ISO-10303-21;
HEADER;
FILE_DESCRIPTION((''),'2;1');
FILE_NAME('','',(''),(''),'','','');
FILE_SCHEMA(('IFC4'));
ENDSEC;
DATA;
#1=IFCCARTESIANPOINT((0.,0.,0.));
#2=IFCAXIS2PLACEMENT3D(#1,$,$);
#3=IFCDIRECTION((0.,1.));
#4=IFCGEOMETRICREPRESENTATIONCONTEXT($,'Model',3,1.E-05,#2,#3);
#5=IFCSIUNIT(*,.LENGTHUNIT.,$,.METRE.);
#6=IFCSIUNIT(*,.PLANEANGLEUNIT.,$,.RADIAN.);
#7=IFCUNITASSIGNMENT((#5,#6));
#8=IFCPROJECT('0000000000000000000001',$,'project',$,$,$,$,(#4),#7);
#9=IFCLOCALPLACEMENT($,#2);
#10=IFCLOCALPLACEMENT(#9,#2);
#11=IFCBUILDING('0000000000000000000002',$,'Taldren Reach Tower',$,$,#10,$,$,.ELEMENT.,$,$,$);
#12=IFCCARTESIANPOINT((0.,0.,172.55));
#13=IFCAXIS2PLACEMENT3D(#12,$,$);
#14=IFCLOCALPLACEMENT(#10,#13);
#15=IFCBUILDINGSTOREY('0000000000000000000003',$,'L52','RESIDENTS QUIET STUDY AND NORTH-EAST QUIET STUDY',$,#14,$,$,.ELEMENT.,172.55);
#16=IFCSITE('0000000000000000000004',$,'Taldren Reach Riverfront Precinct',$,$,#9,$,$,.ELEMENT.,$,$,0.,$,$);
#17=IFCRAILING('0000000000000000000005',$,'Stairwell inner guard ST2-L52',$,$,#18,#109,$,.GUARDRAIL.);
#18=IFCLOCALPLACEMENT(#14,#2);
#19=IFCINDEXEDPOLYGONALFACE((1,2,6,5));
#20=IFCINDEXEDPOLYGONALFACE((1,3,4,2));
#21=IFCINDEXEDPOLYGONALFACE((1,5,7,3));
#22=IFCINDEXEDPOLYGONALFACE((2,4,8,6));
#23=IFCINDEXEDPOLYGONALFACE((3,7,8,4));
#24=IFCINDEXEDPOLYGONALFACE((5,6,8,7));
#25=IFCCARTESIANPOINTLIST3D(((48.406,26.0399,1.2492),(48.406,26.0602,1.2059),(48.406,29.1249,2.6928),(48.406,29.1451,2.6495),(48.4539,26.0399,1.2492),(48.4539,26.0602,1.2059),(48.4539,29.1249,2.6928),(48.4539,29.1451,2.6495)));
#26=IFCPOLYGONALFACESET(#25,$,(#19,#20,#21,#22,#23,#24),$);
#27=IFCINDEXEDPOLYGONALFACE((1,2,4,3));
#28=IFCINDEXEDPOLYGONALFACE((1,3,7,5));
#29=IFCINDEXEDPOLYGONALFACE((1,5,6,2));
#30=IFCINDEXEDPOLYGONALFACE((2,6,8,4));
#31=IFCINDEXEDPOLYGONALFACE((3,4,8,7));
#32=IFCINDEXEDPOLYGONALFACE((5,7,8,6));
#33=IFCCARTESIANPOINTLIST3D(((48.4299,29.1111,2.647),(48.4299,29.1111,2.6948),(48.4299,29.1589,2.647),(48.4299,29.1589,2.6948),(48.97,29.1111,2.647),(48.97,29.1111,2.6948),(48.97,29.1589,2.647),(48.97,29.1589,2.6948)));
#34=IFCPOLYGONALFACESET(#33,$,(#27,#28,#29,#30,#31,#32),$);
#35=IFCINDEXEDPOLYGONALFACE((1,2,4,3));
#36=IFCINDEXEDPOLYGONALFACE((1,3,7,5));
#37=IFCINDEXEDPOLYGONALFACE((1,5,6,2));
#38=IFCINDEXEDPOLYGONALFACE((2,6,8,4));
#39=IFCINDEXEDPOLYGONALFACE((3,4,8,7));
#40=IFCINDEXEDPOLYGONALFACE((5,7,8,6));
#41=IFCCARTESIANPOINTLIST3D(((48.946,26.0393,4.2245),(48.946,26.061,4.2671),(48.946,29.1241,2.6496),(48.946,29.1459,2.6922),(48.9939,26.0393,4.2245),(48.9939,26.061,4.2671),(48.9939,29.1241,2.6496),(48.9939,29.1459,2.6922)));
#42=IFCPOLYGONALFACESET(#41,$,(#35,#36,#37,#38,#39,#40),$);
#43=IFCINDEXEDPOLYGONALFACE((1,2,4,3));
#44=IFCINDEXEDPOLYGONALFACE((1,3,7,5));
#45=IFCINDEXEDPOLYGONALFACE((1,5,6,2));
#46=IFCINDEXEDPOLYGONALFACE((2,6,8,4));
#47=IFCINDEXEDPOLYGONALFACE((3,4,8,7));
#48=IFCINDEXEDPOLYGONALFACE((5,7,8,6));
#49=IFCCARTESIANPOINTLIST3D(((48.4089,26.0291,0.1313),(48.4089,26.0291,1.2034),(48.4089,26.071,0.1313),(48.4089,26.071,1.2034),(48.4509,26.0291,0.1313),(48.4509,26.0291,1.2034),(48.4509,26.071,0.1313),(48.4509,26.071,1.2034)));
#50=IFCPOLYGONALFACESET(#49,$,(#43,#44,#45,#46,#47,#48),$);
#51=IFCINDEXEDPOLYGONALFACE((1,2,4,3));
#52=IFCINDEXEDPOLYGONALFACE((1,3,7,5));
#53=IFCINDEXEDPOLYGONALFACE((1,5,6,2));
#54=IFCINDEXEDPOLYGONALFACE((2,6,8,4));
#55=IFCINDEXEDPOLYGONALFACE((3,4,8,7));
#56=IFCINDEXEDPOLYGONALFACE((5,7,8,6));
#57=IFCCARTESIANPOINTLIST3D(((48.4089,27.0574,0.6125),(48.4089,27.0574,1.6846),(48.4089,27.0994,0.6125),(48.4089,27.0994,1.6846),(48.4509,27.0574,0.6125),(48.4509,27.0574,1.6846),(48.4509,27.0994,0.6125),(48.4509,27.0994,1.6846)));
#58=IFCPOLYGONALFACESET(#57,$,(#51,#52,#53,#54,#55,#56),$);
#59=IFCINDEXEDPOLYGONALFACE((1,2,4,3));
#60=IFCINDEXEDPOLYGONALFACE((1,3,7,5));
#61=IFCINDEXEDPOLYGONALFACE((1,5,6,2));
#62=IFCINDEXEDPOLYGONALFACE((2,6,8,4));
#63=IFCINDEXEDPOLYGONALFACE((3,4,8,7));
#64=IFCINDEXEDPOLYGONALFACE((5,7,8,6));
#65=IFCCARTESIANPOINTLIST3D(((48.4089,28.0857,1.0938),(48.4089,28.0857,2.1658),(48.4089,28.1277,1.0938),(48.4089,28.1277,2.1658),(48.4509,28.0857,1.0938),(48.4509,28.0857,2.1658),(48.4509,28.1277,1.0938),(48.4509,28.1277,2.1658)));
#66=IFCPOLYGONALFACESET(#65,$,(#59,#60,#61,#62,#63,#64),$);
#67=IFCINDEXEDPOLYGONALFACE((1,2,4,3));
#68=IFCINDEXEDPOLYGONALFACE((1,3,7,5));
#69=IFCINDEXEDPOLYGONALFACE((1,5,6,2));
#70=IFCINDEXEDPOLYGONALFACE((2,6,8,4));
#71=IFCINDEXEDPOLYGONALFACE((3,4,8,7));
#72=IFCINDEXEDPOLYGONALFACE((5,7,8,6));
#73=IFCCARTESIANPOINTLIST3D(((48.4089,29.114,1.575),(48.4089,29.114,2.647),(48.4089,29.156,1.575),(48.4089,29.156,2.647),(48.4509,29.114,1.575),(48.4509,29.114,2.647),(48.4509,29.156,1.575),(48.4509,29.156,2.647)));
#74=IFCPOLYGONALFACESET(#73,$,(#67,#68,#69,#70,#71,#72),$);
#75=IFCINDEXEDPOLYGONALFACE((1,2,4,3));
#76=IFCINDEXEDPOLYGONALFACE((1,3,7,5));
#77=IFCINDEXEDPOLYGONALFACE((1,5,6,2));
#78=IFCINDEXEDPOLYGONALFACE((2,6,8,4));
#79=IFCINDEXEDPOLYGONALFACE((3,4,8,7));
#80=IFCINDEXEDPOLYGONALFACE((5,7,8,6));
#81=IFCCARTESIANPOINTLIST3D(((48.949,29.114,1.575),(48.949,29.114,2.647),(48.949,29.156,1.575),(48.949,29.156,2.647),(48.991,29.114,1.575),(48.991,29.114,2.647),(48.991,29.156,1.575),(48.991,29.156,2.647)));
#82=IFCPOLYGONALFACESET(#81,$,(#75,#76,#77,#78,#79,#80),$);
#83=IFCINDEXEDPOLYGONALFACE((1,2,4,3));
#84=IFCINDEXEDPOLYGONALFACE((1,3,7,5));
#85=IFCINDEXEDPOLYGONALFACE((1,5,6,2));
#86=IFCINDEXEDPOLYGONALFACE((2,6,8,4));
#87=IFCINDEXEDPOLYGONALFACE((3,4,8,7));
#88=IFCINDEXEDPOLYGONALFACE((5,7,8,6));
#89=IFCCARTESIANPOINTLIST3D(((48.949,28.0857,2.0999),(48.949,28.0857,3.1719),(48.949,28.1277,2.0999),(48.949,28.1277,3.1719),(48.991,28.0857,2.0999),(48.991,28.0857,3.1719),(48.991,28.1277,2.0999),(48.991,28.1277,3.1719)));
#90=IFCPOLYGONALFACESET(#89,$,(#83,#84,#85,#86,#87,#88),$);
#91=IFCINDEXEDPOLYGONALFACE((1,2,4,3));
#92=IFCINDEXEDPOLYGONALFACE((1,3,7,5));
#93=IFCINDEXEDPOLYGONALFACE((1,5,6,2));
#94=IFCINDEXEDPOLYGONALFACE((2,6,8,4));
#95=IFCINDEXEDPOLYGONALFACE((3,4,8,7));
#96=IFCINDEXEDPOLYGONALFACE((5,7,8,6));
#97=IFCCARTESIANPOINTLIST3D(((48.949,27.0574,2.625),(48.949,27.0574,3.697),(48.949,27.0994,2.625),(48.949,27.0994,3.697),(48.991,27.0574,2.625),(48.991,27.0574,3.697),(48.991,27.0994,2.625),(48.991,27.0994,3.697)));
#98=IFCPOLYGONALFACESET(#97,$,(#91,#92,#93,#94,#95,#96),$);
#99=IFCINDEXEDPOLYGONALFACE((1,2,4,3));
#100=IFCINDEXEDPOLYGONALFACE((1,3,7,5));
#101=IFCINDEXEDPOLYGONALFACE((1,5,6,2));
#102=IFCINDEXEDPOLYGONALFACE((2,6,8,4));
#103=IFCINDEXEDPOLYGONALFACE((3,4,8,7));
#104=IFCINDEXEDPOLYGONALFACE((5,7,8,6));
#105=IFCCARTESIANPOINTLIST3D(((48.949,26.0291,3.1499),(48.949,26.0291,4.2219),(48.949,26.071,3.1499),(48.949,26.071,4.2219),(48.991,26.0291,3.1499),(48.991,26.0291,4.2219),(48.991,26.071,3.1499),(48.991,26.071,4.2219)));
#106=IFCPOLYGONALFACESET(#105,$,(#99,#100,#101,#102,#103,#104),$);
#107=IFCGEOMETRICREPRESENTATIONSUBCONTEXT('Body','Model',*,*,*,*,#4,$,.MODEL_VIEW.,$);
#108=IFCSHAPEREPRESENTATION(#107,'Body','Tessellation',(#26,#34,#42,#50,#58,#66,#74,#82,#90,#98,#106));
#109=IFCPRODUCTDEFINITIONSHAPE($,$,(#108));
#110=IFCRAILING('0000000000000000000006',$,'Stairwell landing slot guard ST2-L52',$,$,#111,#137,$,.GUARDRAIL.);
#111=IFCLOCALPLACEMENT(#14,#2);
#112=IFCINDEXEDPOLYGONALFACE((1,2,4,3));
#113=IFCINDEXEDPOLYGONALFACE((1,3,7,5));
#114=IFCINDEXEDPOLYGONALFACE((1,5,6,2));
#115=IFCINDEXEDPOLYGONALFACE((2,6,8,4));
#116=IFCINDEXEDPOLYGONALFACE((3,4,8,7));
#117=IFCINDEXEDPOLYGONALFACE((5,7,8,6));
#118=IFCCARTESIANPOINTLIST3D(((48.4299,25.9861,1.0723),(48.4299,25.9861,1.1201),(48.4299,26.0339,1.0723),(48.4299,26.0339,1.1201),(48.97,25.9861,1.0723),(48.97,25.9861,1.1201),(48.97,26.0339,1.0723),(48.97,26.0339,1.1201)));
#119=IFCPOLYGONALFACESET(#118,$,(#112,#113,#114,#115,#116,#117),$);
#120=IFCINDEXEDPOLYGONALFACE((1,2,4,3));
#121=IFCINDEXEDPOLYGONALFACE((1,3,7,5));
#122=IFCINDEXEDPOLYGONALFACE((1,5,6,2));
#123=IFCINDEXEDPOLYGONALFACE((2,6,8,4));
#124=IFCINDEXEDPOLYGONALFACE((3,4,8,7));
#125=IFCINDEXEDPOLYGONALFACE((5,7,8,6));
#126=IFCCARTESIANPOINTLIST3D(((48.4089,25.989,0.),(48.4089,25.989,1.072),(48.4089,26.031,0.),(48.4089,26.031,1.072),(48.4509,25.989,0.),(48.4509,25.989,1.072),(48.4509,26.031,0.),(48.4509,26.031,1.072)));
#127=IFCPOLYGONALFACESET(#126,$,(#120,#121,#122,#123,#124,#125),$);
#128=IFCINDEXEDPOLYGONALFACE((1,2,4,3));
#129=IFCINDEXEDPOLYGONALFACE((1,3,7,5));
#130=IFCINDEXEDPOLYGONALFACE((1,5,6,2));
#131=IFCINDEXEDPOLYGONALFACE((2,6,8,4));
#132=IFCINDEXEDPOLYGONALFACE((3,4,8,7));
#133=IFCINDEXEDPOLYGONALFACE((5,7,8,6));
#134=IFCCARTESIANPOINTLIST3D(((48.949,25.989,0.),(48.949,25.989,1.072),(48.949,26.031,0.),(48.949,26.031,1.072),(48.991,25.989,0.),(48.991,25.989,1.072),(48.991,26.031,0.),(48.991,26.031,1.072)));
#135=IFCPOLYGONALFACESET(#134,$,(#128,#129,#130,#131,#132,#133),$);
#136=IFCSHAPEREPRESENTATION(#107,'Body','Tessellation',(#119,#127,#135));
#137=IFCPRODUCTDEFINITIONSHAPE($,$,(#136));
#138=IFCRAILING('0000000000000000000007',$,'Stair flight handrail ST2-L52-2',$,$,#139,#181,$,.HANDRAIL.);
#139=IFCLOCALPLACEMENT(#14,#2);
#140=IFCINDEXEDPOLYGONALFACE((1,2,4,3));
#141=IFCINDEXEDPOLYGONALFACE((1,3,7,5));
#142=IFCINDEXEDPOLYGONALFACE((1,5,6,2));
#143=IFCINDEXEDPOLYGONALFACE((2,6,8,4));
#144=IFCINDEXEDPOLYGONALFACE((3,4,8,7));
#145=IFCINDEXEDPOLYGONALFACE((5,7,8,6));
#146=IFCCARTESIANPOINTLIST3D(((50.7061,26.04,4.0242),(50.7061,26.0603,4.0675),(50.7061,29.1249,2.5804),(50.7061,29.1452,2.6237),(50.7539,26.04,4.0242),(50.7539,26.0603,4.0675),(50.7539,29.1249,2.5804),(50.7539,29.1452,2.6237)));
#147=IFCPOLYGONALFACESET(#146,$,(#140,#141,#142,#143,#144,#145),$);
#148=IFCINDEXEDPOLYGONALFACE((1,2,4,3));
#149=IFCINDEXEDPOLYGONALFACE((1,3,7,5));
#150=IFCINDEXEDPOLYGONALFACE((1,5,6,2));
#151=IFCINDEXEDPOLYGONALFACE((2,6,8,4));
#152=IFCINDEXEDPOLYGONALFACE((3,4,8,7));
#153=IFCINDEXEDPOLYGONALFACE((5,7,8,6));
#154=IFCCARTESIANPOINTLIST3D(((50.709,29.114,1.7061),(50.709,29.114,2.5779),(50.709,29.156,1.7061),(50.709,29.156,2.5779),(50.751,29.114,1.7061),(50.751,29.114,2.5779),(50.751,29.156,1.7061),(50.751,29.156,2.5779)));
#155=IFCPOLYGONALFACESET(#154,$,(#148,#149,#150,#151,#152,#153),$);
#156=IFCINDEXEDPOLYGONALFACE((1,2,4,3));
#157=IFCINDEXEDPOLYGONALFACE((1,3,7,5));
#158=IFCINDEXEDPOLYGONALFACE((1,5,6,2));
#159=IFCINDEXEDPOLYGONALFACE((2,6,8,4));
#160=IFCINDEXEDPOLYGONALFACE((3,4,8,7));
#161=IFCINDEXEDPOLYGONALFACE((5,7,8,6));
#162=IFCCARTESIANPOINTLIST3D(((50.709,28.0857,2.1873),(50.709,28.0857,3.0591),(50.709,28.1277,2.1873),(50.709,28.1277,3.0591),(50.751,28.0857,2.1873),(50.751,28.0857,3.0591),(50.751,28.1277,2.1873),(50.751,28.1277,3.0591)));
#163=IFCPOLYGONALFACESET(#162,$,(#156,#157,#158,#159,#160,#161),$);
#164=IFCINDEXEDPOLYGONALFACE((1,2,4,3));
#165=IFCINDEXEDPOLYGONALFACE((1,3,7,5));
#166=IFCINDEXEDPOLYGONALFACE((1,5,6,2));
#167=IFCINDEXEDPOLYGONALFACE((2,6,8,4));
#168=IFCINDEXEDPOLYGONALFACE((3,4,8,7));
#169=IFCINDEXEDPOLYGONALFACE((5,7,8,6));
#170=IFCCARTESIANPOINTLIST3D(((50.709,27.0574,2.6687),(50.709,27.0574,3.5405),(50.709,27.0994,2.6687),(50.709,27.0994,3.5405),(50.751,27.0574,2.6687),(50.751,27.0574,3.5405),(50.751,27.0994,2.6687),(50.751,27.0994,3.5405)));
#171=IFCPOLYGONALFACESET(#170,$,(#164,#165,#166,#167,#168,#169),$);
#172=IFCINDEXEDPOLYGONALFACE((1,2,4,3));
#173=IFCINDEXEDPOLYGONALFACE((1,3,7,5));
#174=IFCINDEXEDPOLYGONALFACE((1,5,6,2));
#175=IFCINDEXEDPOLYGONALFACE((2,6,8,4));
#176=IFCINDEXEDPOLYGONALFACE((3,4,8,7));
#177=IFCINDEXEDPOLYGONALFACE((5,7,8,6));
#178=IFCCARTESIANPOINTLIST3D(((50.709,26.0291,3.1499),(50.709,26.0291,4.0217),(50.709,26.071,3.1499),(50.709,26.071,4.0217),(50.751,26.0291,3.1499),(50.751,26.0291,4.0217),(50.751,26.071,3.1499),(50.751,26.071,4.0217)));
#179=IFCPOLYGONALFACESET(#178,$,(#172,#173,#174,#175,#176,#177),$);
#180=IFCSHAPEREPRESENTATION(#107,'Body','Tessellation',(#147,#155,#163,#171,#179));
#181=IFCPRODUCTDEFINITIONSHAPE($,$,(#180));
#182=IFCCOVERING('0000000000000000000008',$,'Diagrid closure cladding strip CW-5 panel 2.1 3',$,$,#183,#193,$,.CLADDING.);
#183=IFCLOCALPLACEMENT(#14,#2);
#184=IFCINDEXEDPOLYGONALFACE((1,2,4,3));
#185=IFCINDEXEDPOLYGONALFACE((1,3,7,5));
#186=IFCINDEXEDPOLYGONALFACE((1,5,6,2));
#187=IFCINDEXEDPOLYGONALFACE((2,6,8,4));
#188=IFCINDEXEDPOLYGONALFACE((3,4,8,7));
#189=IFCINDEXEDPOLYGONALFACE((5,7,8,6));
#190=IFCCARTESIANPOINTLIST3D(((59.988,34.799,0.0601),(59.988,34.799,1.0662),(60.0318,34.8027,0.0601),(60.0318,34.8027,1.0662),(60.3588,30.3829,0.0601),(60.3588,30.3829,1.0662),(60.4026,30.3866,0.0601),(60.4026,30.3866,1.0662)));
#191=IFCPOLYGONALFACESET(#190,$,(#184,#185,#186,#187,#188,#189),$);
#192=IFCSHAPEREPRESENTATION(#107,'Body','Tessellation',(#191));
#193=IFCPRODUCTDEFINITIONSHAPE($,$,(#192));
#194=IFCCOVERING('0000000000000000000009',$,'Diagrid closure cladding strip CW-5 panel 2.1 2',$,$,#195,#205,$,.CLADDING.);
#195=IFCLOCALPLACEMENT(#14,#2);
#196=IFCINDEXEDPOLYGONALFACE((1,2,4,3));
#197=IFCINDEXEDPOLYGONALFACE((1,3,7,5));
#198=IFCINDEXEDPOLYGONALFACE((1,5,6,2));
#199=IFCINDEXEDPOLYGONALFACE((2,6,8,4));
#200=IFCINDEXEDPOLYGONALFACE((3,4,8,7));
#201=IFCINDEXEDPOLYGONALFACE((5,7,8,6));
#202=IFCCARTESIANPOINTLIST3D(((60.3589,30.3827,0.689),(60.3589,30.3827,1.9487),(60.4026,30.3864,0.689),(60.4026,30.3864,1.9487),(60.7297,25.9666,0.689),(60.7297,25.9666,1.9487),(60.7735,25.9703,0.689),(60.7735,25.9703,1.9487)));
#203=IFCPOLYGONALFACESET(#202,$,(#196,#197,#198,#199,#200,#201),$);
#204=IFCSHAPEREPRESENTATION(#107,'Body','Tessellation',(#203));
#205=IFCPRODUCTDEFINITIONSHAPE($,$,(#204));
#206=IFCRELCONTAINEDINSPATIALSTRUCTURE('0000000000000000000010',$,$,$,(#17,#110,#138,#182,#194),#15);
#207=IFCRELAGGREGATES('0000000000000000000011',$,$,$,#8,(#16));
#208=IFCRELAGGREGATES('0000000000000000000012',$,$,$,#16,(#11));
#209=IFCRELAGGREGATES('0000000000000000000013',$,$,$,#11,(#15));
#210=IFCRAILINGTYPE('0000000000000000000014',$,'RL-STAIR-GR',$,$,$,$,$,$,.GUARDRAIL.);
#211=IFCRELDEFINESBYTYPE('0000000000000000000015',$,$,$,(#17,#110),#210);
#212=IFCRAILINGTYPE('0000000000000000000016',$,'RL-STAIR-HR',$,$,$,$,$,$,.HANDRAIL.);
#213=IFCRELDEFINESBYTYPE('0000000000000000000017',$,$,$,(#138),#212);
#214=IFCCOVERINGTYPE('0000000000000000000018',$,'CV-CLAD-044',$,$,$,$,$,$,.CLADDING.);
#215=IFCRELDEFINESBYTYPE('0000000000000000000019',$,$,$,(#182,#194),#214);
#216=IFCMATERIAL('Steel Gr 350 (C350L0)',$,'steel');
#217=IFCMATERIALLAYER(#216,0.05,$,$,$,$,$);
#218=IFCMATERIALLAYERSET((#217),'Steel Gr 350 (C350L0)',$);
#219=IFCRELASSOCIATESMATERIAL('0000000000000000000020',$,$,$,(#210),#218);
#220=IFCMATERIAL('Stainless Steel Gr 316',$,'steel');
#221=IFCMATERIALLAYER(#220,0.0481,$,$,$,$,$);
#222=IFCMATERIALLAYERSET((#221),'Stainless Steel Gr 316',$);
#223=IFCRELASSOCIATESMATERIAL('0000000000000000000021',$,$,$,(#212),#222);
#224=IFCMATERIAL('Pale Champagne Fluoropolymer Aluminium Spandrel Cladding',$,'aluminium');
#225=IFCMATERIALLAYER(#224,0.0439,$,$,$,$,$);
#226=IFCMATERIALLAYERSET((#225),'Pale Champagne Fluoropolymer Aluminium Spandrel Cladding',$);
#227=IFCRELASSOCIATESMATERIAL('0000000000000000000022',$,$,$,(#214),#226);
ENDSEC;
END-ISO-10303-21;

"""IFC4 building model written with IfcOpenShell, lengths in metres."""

from ifc_helpers import new_model, si_unit, direction, frame, origin, origin_2d, place, context, subcontext, project, spatial, rectangle, extrude, source, transform, mapped, material, layer, layer_set, type_object, element, save


model = new_model("IFC4")

# Units and contexts
model_context = context("Model", 3, precision=1e-05, world=origin(), true_north=direction((0.0, 1.0)))
body_context = subcontext(model_context, "Body", "Model", "MODEL_VIEW")
ifc_project = project(units=[si_unit("LENGTHUNIT", "METRE"), si_unit("PLANEANGLEUNIT", "RADIAN")], contexts=[model_context])

# Site, building, storey
site_placement = place(None, origin())
site = spatial("IfcSite", under=ifc_project, at=site_placement, Name="Taldren Reach Riverfront Precinct", CompositionType="ELEMENT", RefElevation=0.0)
building_placement = place(site_placement, origin())
building = spatial("IfcBuilding", under=site, at=building_placement, Name="Taldren Reach Tower", CompositionType="ELEMENT")
storey_placement = place(building_placement, frame((0.0, 0.0, 172.55)))
storey = spatial("IfcBuildingStorey", under=building, at=storey_placement, Name="L52", Description="RESIDENTS QUIET STUDY AND NORTH-EAST QUIET STUDY", CompositionType="ELEMENT", Elevation=172.55)

# Shared definitions
ifc_material_1 = material(Name="Steel Gr 350 (C350L0)", Category="steel")

# Railings
ifc_layer_1 = layer(ifc_material_1, 0.05)
ifc_layer_set_1 = layer_set([ifc_layer_1], Name="Steel Gr 350 (C350L0)")
railing_type_1 = type_object("IfcRailingType", Name="RL-STAIR-GR", PredefinedType="GUARDRAIL", material=ifc_layer_set_1)
railing_1_placement = place(storey_placement, frame((48.4299, 26.05, 0.1313)))
element("IfcRailing", 1, at=railing_1_placement, inside=storey, type_object=railing_type_1, Name="Stairwell inner guard ST2-L52", PredefinedType="GUARDRAIL", context=body_context, shape_type="SweptSolid", body=[
    extrude(rectangle(XDim=0.0479, YDim=0.0479, at=origin_2d()), frame((0.0, 0.0, 1.0962), z_axis=(0.0, 0.905738, 0.423839), x_axis=(-1.0, 0.0, 0.0)), (0.0, 0.0, 1.0), 3.406),
    extrude(rectangle(XDim=0.0479, YDim=0.0479, at=origin_2d()), frame((0.0, 3.085, 2.5396), z_axis=(1.0, 0.0, 0.0), x_axis=(0.0, 1.0, 0.0)), (0.0, 0.0, 1.0), 0.54),
    extrude(rectangle(XDim=0.0479, YDim=0.0479, at=origin_2d()), frame((0.54, 3.085, 2.5396), z_axis=(0.0, -0.890646, 0.454697), x_axis=(1.0, 0.0, 0.0)), (0.0, 0.0, 1.0), 3.4636),
    extrude(rectangle(XDim=0.042, YDim=0.042, at=origin_2d()), origin(), (0.0, 0.0, 1.0), 1.072),
    extrude(rectangle(XDim=0.042, YDim=0.042, at=origin_2d()), frame((0.0, 1.0283, 0.4812)), (0.0, 0.0, 1.0), 1.072),
    extrude(rectangle(XDim=0.042, YDim=0.042, at=origin_2d()), frame((0.0, 2.0566, 0.9624)), (0.0, 0.0, 1.0), 1.072),
    extrude(rectangle(XDim=0.042, YDim=0.042, at=origin_2d()), frame((0.0, 3.085, 1.4436)), (0.0, 0.0, 1.0), 1.072),
    extrude(rectangle(XDim=0.042, YDim=0.042, at=origin_2d()), frame((0.54, 3.085, 1.4436)), (0.0, 0.0, 1.0), 1.072),
    extrude(rectangle(XDim=0.042, YDim=0.042, at=origin_2d()), frame((0.54, 2.0566, 1.9685)), (0.0, 0.0, 1.0), 1.072),
    extrude(rectangle(XDim=0.042, YDim=0.042, at=origin_2d()), frame((0.54, 1.0283, 2.4937)), (0.0, 0.0, 1.0), 1.072),
    extrude(rectangle(XDim=0.042, YDim=0.042, at=origin_2d()), frame((0.54, 0.0, 3.0186)), (0.0, 0.0, 1.0), 1.072),
])
railing_2_placement = place(storey_placement, frame((48.4299, 26.01, 0.0)))
element("IfcRailing", 2, at=railing_2_placement, inside=storey, type_object=railing_type_1, Name="Stairwell landing slot guard ST2-L52", PredefinedType="GUARDRAIL", context=body_context, shape_type="SweptSolid", body=[
    extrude(rectangle(XDim=0.0479, YDim=0.0479, at=origin_2d()), frame((0.0, 0.0, 1.0962), z_axis=(1.0, 0.0, 0.0), x_axis=(0.0, 1.0, 0.0)), (0.0, 0.0, 1.0), 0.54),
    extrude(rectangle(XDim=0.042, YDim=0.042, at=origin_2d()), origin(), (0.0, 0.0, 1.0), 1.072),
    extrude(rectangle(XDim=0.042, YDim=0.042, at=origin_2d()), frame((0.54, 0.0, 0.0)), (0.0, 0.0, 1.0), 1.072),
])
ifc_material_2 = material(Name="Stainless Steel Gr 316", Category="steel")
ifc_layer_2 = layer(ifc_material_2, 0.0481)
ifc_layer_set_2 = layer_set([ifc_layer_2], Name="Stainless Steel Gr 316")
railing_type_2 = type_object("IfcRailingType", Name="RL-STAIR-HR", PredefinedType="HANDRAIL", material=ifc_layer_set_2)
railing_3_placement = place(storey_placement, frame((50.73, 29.135, 1.7061)))
element("IfcRailing", 3, at=railing_3_placement, inside=storey, type_object=railing_type_2, Name="Stair flight handrail ST2-L52-2", PredefinedType="HANDRAIL", context=body_context, shape_type="SweptSolid", body=[
    extrude(rectangle(XDim=0.0479, YDim=0.0479, at=origin_2d()), frame((0.0, 0.0, 0.896), z_axis=(0.0, -0.90571, 0.423898), x_axis=(1.0, 0.0, 0.0)), (0.0, 0.0, 1.0), 3.406),
    extrude(rectangle(XDim=0.042, YDim=0.042, at=origin_2d()), origin(), (0.0, 0.0, 1.0), 0.8718),
    extrude(rectangle(XDim=0.042, YDim=0.042, at=origin_2d()), frame((0.0, -1.0283, 0.4812)), (0.0, 0.0, 1.0), 0.8718),
    extrude(rectangle(XDim=0.042, YDim=0.042, at=origin_2d()), frame((0.0, -2.0566, 0.9626)), (0.0, 0.0, 1.0), 0.8718),
    extrude(rectangle(XDim=0.042, YDim=0.042, at=origin_2d()), frame((0.0, -3.085, 1.4438)), (0.0, 0.0, 1.0), 0.8718),
])

# Coverings
ifc_material_3 = material(Name="Pale Champagne Fluoropolymer Aluminium Spandrel Cladding", Category="aluminium")
ifc_layer_3 = layer(ifc_material_3, 0.0439)
ifc_layer_set_3 = layer_set([ifc_layer_3], Name="Pale Champagne Fluoropolymer Aluminium Spandrel Cladding")
covering_type = type_object("IfcCoveringType", Name="CV-CLAD-044", PredefinedType="CLADDING", material=ifc_layer_set_3)
shared_shape_1 = source(origin(), body_context, "Body", "SweptSolid", [
    extrude(rectangle(XDim=4.4316, YDim=0.0439, at=origin_2d()), origin(), (0.0, 0.0, 1.0), 1.0061),
])
covering_1_placement = place(storey_placement, frame((60.1953, 32.5928, 0.0601), z_axis=(0.0, 0.0, 1.0), x_axis=(-0.083678, 0.996493, 0.0)))
element("IfcCovering", 4, at=covering_1_placement, inside=storey, type_object=covering_type, Name="Diagrid closure cladding strip CW-5 panel 2.1 3", PredefinedType="CLADDING", context=body_context, shape_type="MappedRepresentation", body=[
    mapped(shared_shape_1, transform((0.0, 0.0, 0.0), scale=1.0)),
])
shared_shape_2 = source(origin(), body_context, "Body", "SweptSolid", [
    extrude(rectangle(XDim=4.4316, YDim=0.0439, at=origin_2d()), origin(), (0.0, 0.0, 1.0), 1.2598),
])
covering_2_placement = place(storey_placement, frame((60.5662, 28.1765, 0.689), z_axis=(0.0, 0.0, 1.0), x_axis=(-0.083678, 0.996493, 0.0)))
element("IfcCovering", 5, at=covering_2_placement, inside=storey, type_object=covering_type, Name="Diagrid closure cladding strip CW-5 panel 2.1 2", PredefinedType="CLADDING", context=body_context, shape_type="MappedRepresentation", body=[
    mapped(shared_shape_2, transform((0.0, 0.0, 0.0), scale=1.0)),
])

save(model, "model.ifc")
